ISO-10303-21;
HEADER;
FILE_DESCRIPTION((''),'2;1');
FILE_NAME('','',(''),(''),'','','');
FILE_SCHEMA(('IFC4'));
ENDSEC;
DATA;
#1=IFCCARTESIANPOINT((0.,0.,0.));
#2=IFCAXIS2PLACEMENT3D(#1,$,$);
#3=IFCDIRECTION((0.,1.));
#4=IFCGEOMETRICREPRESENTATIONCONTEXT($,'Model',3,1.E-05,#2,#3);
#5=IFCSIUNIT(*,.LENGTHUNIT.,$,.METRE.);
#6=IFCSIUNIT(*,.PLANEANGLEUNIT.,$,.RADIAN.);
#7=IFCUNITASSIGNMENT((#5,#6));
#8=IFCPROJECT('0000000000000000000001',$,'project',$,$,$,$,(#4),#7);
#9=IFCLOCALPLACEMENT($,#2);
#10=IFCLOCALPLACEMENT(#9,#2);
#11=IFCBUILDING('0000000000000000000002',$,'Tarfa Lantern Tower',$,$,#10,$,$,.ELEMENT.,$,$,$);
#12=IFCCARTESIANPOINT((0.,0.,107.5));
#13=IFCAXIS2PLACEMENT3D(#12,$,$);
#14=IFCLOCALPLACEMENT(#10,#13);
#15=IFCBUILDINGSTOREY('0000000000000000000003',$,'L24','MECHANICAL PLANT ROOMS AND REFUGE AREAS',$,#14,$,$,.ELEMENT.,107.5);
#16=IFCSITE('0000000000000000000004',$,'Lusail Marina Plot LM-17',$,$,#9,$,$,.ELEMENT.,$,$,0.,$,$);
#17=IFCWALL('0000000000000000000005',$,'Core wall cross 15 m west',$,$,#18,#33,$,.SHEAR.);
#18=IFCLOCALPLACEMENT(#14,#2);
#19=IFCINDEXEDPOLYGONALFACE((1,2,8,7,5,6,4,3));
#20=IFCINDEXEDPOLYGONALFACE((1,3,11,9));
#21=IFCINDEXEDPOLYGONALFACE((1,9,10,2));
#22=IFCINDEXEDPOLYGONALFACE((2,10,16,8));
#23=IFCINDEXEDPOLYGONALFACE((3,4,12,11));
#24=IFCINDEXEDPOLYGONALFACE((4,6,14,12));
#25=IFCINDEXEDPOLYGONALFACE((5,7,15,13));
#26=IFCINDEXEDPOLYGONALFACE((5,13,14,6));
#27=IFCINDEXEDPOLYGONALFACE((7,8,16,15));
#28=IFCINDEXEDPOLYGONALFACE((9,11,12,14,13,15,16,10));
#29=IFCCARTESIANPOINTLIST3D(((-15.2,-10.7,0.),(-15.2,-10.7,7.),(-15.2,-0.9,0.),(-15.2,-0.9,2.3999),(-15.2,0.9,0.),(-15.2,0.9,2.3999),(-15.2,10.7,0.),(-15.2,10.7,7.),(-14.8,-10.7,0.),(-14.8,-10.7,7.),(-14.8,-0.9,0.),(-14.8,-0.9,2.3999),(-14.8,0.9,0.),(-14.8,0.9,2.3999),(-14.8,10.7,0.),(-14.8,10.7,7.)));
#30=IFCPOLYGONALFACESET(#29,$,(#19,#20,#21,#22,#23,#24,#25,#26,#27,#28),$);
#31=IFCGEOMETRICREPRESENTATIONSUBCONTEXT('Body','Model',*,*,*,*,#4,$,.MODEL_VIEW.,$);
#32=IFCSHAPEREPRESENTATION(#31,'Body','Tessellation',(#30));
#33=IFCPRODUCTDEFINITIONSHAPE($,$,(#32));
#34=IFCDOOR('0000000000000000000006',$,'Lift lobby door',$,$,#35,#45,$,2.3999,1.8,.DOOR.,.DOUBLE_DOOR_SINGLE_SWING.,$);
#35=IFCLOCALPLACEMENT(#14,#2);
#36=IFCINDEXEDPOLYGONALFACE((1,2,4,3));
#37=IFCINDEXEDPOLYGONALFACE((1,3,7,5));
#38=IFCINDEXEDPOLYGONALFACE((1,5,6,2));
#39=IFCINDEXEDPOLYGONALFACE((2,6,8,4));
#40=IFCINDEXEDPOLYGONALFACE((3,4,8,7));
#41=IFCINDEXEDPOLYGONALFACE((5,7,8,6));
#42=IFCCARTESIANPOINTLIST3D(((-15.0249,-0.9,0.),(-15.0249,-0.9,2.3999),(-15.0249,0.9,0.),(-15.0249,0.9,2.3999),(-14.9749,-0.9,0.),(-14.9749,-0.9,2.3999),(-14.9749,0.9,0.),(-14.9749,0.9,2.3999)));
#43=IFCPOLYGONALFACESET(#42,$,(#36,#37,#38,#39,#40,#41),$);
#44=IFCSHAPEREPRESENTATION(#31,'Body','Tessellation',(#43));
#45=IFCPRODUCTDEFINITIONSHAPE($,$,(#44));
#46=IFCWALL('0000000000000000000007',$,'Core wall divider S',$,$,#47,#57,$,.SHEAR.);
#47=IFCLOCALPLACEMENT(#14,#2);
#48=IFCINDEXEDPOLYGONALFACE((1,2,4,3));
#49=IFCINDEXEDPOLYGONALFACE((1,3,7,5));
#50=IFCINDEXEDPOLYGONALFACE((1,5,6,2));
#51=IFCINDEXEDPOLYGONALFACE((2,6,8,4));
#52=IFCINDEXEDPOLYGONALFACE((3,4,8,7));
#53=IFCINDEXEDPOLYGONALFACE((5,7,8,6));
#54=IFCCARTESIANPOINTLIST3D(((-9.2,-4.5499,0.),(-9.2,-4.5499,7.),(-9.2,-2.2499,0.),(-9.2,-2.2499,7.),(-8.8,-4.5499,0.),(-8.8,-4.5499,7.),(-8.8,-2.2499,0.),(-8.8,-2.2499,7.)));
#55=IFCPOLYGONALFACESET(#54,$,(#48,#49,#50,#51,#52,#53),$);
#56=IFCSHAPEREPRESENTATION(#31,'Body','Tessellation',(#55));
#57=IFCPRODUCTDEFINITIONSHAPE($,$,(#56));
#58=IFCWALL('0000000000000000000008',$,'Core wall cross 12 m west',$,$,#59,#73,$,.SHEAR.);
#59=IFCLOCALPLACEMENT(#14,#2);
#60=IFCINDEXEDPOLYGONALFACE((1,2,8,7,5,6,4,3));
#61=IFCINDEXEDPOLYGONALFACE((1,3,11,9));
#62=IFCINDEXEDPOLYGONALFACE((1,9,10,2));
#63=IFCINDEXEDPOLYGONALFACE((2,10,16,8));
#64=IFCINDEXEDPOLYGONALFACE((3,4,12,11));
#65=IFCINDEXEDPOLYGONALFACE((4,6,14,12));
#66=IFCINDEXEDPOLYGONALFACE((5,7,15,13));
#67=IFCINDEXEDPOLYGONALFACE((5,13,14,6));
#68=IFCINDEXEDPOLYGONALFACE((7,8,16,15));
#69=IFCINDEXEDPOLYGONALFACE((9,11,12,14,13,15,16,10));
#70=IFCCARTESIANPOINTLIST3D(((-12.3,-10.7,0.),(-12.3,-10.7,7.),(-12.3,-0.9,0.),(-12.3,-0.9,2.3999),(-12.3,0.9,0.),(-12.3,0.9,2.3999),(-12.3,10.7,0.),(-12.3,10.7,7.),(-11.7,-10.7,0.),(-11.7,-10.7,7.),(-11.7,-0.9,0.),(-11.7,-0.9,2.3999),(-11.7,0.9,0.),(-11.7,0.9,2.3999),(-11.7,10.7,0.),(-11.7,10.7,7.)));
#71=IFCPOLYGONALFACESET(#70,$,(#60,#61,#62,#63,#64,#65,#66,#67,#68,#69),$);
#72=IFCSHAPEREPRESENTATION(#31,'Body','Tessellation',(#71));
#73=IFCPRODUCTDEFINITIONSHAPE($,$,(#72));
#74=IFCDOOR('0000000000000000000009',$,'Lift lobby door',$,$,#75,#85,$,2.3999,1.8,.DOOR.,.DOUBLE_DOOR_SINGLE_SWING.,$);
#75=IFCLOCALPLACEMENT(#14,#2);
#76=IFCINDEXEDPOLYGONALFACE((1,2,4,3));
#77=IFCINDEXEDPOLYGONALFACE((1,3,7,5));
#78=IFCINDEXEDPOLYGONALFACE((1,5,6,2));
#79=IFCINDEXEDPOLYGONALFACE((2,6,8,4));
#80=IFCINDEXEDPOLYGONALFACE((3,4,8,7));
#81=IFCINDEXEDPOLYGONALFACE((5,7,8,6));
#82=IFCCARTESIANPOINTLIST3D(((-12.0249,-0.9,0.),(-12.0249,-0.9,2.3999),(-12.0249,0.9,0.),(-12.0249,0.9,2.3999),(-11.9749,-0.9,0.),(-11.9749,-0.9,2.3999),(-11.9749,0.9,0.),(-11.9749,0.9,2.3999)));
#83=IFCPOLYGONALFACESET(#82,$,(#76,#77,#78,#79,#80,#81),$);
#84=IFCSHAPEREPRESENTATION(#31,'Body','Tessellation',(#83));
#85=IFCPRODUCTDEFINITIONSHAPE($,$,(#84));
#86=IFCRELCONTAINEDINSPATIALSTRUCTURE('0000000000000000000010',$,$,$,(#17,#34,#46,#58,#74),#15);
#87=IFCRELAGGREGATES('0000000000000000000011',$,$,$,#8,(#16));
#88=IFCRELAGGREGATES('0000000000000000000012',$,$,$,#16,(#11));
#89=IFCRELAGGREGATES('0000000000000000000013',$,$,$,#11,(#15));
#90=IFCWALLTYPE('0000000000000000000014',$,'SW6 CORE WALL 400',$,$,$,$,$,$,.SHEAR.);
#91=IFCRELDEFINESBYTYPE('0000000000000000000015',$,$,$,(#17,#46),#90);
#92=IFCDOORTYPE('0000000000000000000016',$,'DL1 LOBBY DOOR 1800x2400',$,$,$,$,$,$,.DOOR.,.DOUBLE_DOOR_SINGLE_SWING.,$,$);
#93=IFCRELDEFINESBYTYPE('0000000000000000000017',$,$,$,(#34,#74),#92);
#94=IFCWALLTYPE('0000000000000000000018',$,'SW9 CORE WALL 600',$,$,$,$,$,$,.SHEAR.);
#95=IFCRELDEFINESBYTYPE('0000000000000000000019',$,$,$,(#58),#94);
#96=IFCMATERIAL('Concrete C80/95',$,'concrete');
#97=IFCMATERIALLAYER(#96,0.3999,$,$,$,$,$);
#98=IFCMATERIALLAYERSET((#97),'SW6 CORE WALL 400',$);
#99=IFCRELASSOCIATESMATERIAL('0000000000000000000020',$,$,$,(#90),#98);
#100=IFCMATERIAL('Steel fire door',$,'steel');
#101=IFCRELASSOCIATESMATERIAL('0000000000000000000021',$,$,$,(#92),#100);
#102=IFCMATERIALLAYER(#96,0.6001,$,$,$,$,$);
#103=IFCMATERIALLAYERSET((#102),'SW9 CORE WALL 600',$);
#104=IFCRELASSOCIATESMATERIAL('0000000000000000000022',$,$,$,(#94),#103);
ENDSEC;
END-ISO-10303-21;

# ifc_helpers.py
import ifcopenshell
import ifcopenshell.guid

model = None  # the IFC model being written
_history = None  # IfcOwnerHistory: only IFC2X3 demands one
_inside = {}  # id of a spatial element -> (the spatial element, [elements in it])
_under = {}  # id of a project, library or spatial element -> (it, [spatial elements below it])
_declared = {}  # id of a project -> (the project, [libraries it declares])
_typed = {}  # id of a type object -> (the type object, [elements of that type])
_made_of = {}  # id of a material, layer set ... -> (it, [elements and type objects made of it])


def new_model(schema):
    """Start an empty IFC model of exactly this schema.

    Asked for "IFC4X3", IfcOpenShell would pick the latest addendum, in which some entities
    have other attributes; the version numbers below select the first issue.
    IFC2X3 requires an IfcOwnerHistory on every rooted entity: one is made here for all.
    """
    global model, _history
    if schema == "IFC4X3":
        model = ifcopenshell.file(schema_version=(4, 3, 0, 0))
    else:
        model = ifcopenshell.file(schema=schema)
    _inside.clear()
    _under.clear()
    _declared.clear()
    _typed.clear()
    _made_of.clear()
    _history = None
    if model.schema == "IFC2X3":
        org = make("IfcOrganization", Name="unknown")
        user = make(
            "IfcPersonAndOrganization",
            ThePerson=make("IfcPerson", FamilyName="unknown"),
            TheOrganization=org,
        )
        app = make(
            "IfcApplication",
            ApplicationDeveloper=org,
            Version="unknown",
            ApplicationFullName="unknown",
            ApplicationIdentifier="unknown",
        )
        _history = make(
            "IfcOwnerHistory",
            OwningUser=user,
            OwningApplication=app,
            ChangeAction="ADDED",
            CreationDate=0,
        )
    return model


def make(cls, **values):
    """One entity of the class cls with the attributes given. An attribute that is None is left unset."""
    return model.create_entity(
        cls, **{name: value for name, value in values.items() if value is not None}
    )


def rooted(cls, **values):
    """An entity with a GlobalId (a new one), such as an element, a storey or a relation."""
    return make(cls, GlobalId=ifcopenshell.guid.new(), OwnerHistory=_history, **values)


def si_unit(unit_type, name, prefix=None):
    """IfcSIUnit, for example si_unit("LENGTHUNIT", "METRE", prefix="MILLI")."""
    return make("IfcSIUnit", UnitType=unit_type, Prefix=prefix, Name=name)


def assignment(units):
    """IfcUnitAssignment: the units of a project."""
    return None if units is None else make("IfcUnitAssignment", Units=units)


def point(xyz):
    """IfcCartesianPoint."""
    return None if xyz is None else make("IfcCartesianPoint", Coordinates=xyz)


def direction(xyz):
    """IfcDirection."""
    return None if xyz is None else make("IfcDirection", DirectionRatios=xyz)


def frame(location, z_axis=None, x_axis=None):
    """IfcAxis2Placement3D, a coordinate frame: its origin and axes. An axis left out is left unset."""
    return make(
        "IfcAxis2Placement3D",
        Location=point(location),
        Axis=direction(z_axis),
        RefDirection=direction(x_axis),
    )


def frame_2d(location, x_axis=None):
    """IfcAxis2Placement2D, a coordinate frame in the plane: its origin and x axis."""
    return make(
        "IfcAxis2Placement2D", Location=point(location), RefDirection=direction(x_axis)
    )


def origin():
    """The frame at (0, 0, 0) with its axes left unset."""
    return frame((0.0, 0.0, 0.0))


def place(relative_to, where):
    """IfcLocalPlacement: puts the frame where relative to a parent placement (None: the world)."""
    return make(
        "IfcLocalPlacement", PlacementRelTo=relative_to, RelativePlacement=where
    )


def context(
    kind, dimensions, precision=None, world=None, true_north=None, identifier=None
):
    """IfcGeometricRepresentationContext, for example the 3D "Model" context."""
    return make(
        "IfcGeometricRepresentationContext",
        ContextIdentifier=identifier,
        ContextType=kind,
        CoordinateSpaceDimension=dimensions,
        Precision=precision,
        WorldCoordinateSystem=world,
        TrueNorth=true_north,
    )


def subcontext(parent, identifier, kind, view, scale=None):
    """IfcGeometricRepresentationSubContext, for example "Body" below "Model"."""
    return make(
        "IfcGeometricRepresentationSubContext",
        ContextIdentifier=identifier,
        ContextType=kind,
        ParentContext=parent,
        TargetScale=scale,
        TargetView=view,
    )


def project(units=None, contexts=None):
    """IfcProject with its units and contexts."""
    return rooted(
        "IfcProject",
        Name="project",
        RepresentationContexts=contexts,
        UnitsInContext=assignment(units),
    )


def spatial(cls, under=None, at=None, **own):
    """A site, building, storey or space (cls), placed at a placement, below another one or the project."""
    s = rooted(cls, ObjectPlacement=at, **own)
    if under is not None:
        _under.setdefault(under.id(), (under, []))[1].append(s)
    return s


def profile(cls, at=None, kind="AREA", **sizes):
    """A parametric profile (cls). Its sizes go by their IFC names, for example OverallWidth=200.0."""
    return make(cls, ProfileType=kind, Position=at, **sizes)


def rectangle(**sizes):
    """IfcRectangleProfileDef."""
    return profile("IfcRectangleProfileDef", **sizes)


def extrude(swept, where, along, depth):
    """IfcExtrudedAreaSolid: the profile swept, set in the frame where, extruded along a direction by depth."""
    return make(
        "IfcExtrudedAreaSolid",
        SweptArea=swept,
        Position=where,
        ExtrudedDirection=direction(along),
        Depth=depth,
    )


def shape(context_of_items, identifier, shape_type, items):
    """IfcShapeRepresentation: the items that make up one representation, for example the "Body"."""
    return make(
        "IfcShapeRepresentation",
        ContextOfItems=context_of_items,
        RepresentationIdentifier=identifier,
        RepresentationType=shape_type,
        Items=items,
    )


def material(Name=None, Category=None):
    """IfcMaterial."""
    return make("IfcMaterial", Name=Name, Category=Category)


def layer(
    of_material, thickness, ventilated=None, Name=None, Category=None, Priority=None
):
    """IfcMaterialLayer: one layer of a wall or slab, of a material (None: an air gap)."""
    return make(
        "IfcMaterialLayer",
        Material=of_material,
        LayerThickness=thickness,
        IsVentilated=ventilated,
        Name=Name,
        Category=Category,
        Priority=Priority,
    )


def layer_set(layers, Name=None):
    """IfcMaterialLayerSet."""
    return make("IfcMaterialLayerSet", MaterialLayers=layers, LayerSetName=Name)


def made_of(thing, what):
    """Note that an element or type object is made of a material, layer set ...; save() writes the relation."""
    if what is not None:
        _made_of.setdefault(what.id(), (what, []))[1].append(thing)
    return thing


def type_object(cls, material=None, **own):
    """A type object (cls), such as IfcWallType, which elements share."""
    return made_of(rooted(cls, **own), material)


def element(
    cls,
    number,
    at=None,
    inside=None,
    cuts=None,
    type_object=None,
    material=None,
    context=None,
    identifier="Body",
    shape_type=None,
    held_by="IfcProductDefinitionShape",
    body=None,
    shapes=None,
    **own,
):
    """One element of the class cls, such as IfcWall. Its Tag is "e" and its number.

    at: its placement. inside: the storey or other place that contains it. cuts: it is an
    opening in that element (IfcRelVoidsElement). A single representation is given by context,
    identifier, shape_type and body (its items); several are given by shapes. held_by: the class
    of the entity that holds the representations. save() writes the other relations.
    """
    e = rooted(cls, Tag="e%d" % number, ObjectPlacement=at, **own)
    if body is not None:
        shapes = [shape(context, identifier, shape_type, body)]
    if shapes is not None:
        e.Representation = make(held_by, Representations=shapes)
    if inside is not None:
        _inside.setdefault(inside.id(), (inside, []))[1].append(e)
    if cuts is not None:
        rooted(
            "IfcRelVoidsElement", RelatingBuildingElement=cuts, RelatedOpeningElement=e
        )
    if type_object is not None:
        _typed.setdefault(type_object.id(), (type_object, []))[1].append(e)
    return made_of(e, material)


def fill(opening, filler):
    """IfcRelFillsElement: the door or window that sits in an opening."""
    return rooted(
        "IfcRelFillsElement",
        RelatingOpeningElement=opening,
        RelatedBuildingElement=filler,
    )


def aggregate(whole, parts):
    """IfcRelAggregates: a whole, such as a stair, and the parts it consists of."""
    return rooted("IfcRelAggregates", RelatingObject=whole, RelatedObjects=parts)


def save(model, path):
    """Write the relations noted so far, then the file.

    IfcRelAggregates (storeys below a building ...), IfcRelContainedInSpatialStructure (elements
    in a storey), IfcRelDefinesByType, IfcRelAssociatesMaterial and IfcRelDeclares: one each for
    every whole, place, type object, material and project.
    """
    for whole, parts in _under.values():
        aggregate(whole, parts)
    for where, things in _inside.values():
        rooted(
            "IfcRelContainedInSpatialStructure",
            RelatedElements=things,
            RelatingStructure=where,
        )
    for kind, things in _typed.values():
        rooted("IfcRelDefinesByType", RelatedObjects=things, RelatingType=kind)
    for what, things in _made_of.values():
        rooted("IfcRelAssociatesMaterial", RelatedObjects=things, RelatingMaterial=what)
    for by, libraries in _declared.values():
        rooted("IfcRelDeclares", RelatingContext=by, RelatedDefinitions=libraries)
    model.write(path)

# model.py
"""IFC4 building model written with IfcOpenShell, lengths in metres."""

from ifc_helpers import new_model, si_unit, direction, frame, frame_2d, origin, place, context, subcontext, project, spatial, rectangle, extrude, material, layer, layer_set, type_object, element, fill, save


model = new_model("IFC4")

# Units and contexts
model_context = context("Model", 3, precision=1e-05, world=origin(), true_north=direction((0.0, 1.0)))
body_context = subcontext(model_context, "Body", "Model", "MODEL_VIEW")
ifc_project = project(units=[si_unit("LENGTHUNIT", "METRE"), si_unit("PLANEANGLEUNIT", "RADIAN")], contexts=[model_context])

# Site, building, storey
site_placement = place(None, origin())
site = spatial("IfcSite", under=ifc_project, at=site_placement, Name="Lusail Marina Plot LM-17", CompositionType="ELEMENT", RefElevation=0.0)
building_placement = place(site_placement, origin())
building = spatial("IfcBuilding", under=site, at=building_placement, Name="Tarfa Lantern Tower", CompositionType="ELEMENT")
storey_placement = place(building_placement, frame((0.0, 0.0, 107.5)))
storey = spatial("IfcBuildingStorey", under=building, at=storey_placement, Name="L24", Description="MECHANICAL PLANT ROOMS AND REFUGE AREAS", CompositionType="ELEMENT", Elevation=107.5)

# Shared definitions
ifc_material_1 = material(Name="Concrete C80/95", Category="concrete")

# Shared definitions
ifc_material_2 = material(Name="Steel fire door", Category="steel")

# Wall, opening, door
ifc_layer_1 = layer(ifc_material_1, 0.3999)
ifc_layer_set_1 = layer_set([ifc_layer_1], Name="SW6 CORE WALL 400")
wall_type_1 = type_object("IfcWallType", Name="SW6 CORE WALL 400", PredefinedType="SHEAR", material=ifc_layer_set_1)
wall_1_placement = place(storey_placement, frame((-15.0, -10.7, 0.0), z_axis=(0.0, 0.0, 1.0), x_axis=(0.0, 1.0, 0.0)))
wall_1 = element("IfcWall", 1, at=wall_1_placement, inside=storey, type_object=wall_type_1, Name="Core wall cross 15 m west", PredefinedType="SHEAR", context=body_context, shape_type="SweptSolid", body=[
    extrude(rectangle(XDim=21.3999, YDim=0.3999, at=frame_2d((10.7, 0.0))), origin(), (0.0, 0.0, 1.0), 7.0),
])
opening_1_placement = place(wall_1_placement, frame((9.8, 0.0, 0.0)))
opening_1 = element("IfcOpeningElement", 2, at=opening_1_placement, cuts=wall_1, PredefinedType="OPENING", context=body_context, shape_type="SweptSolid", body=[
    extrude(rectangle(XDim=1.8, YDim=2.3999, at=frame_2d((0.8999, 1.2))), frame((0.0, 0.21, 0.0), z_axis=(0.0, -1.0, 0.0), x_axis=(1.0, 0.0, 0.0)), (0.0, 0.0, 1.0), 0.4199),
])
door_type_1 = type_object("IfcDoorType", Name="DL1 LOBBY DOOR 1800x2400", OperationType="DOUBLE_DOOR_SINGLE_SWING", PredefinedType="DOOR", material=ifc_material_2)
door_1_placement = place(opening_1_placement, origin())
door_1 = element("IfcDoor", 3, at=door_1_placement, inside=storey, type_object=door_type_1, Name="Lift lobby door", OperationType="DOUBLE_DOOR_SINGLE_SWING", OverallHeight=2.3999, OverallWidth=1.8, PredefinedType="DOOR", context=body_context, shape_type="SweptSolid", body=[
    extrude(rectangle(XDim=1.8, YDim=2.3999, at=frame_2d((0.8999, 1.2))), frame((0.0, 0.0249, 0.0), z_axis=(0.0, -1.0, 0.0), x_axis=(1.0, 0.0, 0.0)), (0.0, 0.0, 1.0), 0.05),
])
fill(opening_1, door_1)

# Wall
wall_2_placement = place(storey_placement, frame((-9.0, -2.25, 0.0), z_axis=(0.0, 0.0, 1.0), x_axis=(0.0, -1.0, 0.0)))
element("IfcWall", 4, at=wall_2_placement, inside=storey, type_object=wall_type_1, Name="Core wall divider S", PredefinedType="SHEAR", context=body_context, shape_type="SweptSolid", body=[
    extrude(rectangle(XDim=2.3, YDim=0.3999, at=frame_2d((1.1499, 0.0))), origin(), (0.0, 0.0, 1.0), 7.0),
])

# Wall, opening, door
ifc_layer_2 = layer(ifc_material_1, 0.6001)
ifc_layer_set_2 = layer_set([ifc_layer_2], Name="SW9 CORE WALL 600")
wall_type_2 = type_object("IfcWallType", Name="SW9 CORE WALL 600", PredefinedType="SHEAR", material=ifc_layer_set_2)
wall_3_placement = place(storey_placement, frame((-12.0, -10.7, 0.0), z_axis=(0.0, 0.0, 1.0), x_axis=(0.0, 1.0, 0.0)))
wall_3 = element("IfcWall", 5, at=wall_3_placement, inside=storey, type_object=wall_type_2, Name="Core wall cross 12 m west", PredefinedType="SHEAR", context=body_context, shape_type="SweptSolid", body=[
    extrude(rectangle(XDim=21.3999, YDim=0.6001, at=frame_2d((10.7, 0.0))), origin(), (0.0, 0.0, 1.0), 7.0),
])
opening_2_placement = place(wall_3_placement, frame((9.8, 0.0, 0.0)))
opening_2 = element("IfcOpeningElement", 6, at=opening_2_placement, cuts=wall_3, PredefinedType="OPENING", context=body_context, shape_type="SweptSolid", body=[
    extrude(rectangle(XDim=1.8, YDim=2.3999, at=frame_2d((0.8999, 1.2))), frame((0.0, 0.3101, 0.0), z_axis=(0.0, -1.0, 0.0), x_axis=(1.0, 0.0, 0.0)), (0.0, 0.0, 1.0), 0.6201),
])
door_2_placement = place(opening_2_placement, origin())
door_2 = element("IfcDoor", 7, at=door_2_placement, inside=storey, type_object=door_type_1, Name="Lift lobby door", OperationType="DOUBLE_DOOR_SINGLE_SWING", OverallHeight=2.3999, OverallWidth=1.8, PredefinedType="DOOR", context=body_context, shape_type="SweptSolid", body=[
    extrude(rectangle(XDim=1.8, YDim=2.3999, at=frame_2d((0.8999, 1.2))), frame((0.0, 0.0249, 0.0), z_axis=(0.0, -1.0, 0.0), x_axis=(1.0, 0.0, 0.0)), (0.0, 0.0, 1.0), 0.05),
])
fill(opening_2, door_2)

save(model, "model.ifc")
